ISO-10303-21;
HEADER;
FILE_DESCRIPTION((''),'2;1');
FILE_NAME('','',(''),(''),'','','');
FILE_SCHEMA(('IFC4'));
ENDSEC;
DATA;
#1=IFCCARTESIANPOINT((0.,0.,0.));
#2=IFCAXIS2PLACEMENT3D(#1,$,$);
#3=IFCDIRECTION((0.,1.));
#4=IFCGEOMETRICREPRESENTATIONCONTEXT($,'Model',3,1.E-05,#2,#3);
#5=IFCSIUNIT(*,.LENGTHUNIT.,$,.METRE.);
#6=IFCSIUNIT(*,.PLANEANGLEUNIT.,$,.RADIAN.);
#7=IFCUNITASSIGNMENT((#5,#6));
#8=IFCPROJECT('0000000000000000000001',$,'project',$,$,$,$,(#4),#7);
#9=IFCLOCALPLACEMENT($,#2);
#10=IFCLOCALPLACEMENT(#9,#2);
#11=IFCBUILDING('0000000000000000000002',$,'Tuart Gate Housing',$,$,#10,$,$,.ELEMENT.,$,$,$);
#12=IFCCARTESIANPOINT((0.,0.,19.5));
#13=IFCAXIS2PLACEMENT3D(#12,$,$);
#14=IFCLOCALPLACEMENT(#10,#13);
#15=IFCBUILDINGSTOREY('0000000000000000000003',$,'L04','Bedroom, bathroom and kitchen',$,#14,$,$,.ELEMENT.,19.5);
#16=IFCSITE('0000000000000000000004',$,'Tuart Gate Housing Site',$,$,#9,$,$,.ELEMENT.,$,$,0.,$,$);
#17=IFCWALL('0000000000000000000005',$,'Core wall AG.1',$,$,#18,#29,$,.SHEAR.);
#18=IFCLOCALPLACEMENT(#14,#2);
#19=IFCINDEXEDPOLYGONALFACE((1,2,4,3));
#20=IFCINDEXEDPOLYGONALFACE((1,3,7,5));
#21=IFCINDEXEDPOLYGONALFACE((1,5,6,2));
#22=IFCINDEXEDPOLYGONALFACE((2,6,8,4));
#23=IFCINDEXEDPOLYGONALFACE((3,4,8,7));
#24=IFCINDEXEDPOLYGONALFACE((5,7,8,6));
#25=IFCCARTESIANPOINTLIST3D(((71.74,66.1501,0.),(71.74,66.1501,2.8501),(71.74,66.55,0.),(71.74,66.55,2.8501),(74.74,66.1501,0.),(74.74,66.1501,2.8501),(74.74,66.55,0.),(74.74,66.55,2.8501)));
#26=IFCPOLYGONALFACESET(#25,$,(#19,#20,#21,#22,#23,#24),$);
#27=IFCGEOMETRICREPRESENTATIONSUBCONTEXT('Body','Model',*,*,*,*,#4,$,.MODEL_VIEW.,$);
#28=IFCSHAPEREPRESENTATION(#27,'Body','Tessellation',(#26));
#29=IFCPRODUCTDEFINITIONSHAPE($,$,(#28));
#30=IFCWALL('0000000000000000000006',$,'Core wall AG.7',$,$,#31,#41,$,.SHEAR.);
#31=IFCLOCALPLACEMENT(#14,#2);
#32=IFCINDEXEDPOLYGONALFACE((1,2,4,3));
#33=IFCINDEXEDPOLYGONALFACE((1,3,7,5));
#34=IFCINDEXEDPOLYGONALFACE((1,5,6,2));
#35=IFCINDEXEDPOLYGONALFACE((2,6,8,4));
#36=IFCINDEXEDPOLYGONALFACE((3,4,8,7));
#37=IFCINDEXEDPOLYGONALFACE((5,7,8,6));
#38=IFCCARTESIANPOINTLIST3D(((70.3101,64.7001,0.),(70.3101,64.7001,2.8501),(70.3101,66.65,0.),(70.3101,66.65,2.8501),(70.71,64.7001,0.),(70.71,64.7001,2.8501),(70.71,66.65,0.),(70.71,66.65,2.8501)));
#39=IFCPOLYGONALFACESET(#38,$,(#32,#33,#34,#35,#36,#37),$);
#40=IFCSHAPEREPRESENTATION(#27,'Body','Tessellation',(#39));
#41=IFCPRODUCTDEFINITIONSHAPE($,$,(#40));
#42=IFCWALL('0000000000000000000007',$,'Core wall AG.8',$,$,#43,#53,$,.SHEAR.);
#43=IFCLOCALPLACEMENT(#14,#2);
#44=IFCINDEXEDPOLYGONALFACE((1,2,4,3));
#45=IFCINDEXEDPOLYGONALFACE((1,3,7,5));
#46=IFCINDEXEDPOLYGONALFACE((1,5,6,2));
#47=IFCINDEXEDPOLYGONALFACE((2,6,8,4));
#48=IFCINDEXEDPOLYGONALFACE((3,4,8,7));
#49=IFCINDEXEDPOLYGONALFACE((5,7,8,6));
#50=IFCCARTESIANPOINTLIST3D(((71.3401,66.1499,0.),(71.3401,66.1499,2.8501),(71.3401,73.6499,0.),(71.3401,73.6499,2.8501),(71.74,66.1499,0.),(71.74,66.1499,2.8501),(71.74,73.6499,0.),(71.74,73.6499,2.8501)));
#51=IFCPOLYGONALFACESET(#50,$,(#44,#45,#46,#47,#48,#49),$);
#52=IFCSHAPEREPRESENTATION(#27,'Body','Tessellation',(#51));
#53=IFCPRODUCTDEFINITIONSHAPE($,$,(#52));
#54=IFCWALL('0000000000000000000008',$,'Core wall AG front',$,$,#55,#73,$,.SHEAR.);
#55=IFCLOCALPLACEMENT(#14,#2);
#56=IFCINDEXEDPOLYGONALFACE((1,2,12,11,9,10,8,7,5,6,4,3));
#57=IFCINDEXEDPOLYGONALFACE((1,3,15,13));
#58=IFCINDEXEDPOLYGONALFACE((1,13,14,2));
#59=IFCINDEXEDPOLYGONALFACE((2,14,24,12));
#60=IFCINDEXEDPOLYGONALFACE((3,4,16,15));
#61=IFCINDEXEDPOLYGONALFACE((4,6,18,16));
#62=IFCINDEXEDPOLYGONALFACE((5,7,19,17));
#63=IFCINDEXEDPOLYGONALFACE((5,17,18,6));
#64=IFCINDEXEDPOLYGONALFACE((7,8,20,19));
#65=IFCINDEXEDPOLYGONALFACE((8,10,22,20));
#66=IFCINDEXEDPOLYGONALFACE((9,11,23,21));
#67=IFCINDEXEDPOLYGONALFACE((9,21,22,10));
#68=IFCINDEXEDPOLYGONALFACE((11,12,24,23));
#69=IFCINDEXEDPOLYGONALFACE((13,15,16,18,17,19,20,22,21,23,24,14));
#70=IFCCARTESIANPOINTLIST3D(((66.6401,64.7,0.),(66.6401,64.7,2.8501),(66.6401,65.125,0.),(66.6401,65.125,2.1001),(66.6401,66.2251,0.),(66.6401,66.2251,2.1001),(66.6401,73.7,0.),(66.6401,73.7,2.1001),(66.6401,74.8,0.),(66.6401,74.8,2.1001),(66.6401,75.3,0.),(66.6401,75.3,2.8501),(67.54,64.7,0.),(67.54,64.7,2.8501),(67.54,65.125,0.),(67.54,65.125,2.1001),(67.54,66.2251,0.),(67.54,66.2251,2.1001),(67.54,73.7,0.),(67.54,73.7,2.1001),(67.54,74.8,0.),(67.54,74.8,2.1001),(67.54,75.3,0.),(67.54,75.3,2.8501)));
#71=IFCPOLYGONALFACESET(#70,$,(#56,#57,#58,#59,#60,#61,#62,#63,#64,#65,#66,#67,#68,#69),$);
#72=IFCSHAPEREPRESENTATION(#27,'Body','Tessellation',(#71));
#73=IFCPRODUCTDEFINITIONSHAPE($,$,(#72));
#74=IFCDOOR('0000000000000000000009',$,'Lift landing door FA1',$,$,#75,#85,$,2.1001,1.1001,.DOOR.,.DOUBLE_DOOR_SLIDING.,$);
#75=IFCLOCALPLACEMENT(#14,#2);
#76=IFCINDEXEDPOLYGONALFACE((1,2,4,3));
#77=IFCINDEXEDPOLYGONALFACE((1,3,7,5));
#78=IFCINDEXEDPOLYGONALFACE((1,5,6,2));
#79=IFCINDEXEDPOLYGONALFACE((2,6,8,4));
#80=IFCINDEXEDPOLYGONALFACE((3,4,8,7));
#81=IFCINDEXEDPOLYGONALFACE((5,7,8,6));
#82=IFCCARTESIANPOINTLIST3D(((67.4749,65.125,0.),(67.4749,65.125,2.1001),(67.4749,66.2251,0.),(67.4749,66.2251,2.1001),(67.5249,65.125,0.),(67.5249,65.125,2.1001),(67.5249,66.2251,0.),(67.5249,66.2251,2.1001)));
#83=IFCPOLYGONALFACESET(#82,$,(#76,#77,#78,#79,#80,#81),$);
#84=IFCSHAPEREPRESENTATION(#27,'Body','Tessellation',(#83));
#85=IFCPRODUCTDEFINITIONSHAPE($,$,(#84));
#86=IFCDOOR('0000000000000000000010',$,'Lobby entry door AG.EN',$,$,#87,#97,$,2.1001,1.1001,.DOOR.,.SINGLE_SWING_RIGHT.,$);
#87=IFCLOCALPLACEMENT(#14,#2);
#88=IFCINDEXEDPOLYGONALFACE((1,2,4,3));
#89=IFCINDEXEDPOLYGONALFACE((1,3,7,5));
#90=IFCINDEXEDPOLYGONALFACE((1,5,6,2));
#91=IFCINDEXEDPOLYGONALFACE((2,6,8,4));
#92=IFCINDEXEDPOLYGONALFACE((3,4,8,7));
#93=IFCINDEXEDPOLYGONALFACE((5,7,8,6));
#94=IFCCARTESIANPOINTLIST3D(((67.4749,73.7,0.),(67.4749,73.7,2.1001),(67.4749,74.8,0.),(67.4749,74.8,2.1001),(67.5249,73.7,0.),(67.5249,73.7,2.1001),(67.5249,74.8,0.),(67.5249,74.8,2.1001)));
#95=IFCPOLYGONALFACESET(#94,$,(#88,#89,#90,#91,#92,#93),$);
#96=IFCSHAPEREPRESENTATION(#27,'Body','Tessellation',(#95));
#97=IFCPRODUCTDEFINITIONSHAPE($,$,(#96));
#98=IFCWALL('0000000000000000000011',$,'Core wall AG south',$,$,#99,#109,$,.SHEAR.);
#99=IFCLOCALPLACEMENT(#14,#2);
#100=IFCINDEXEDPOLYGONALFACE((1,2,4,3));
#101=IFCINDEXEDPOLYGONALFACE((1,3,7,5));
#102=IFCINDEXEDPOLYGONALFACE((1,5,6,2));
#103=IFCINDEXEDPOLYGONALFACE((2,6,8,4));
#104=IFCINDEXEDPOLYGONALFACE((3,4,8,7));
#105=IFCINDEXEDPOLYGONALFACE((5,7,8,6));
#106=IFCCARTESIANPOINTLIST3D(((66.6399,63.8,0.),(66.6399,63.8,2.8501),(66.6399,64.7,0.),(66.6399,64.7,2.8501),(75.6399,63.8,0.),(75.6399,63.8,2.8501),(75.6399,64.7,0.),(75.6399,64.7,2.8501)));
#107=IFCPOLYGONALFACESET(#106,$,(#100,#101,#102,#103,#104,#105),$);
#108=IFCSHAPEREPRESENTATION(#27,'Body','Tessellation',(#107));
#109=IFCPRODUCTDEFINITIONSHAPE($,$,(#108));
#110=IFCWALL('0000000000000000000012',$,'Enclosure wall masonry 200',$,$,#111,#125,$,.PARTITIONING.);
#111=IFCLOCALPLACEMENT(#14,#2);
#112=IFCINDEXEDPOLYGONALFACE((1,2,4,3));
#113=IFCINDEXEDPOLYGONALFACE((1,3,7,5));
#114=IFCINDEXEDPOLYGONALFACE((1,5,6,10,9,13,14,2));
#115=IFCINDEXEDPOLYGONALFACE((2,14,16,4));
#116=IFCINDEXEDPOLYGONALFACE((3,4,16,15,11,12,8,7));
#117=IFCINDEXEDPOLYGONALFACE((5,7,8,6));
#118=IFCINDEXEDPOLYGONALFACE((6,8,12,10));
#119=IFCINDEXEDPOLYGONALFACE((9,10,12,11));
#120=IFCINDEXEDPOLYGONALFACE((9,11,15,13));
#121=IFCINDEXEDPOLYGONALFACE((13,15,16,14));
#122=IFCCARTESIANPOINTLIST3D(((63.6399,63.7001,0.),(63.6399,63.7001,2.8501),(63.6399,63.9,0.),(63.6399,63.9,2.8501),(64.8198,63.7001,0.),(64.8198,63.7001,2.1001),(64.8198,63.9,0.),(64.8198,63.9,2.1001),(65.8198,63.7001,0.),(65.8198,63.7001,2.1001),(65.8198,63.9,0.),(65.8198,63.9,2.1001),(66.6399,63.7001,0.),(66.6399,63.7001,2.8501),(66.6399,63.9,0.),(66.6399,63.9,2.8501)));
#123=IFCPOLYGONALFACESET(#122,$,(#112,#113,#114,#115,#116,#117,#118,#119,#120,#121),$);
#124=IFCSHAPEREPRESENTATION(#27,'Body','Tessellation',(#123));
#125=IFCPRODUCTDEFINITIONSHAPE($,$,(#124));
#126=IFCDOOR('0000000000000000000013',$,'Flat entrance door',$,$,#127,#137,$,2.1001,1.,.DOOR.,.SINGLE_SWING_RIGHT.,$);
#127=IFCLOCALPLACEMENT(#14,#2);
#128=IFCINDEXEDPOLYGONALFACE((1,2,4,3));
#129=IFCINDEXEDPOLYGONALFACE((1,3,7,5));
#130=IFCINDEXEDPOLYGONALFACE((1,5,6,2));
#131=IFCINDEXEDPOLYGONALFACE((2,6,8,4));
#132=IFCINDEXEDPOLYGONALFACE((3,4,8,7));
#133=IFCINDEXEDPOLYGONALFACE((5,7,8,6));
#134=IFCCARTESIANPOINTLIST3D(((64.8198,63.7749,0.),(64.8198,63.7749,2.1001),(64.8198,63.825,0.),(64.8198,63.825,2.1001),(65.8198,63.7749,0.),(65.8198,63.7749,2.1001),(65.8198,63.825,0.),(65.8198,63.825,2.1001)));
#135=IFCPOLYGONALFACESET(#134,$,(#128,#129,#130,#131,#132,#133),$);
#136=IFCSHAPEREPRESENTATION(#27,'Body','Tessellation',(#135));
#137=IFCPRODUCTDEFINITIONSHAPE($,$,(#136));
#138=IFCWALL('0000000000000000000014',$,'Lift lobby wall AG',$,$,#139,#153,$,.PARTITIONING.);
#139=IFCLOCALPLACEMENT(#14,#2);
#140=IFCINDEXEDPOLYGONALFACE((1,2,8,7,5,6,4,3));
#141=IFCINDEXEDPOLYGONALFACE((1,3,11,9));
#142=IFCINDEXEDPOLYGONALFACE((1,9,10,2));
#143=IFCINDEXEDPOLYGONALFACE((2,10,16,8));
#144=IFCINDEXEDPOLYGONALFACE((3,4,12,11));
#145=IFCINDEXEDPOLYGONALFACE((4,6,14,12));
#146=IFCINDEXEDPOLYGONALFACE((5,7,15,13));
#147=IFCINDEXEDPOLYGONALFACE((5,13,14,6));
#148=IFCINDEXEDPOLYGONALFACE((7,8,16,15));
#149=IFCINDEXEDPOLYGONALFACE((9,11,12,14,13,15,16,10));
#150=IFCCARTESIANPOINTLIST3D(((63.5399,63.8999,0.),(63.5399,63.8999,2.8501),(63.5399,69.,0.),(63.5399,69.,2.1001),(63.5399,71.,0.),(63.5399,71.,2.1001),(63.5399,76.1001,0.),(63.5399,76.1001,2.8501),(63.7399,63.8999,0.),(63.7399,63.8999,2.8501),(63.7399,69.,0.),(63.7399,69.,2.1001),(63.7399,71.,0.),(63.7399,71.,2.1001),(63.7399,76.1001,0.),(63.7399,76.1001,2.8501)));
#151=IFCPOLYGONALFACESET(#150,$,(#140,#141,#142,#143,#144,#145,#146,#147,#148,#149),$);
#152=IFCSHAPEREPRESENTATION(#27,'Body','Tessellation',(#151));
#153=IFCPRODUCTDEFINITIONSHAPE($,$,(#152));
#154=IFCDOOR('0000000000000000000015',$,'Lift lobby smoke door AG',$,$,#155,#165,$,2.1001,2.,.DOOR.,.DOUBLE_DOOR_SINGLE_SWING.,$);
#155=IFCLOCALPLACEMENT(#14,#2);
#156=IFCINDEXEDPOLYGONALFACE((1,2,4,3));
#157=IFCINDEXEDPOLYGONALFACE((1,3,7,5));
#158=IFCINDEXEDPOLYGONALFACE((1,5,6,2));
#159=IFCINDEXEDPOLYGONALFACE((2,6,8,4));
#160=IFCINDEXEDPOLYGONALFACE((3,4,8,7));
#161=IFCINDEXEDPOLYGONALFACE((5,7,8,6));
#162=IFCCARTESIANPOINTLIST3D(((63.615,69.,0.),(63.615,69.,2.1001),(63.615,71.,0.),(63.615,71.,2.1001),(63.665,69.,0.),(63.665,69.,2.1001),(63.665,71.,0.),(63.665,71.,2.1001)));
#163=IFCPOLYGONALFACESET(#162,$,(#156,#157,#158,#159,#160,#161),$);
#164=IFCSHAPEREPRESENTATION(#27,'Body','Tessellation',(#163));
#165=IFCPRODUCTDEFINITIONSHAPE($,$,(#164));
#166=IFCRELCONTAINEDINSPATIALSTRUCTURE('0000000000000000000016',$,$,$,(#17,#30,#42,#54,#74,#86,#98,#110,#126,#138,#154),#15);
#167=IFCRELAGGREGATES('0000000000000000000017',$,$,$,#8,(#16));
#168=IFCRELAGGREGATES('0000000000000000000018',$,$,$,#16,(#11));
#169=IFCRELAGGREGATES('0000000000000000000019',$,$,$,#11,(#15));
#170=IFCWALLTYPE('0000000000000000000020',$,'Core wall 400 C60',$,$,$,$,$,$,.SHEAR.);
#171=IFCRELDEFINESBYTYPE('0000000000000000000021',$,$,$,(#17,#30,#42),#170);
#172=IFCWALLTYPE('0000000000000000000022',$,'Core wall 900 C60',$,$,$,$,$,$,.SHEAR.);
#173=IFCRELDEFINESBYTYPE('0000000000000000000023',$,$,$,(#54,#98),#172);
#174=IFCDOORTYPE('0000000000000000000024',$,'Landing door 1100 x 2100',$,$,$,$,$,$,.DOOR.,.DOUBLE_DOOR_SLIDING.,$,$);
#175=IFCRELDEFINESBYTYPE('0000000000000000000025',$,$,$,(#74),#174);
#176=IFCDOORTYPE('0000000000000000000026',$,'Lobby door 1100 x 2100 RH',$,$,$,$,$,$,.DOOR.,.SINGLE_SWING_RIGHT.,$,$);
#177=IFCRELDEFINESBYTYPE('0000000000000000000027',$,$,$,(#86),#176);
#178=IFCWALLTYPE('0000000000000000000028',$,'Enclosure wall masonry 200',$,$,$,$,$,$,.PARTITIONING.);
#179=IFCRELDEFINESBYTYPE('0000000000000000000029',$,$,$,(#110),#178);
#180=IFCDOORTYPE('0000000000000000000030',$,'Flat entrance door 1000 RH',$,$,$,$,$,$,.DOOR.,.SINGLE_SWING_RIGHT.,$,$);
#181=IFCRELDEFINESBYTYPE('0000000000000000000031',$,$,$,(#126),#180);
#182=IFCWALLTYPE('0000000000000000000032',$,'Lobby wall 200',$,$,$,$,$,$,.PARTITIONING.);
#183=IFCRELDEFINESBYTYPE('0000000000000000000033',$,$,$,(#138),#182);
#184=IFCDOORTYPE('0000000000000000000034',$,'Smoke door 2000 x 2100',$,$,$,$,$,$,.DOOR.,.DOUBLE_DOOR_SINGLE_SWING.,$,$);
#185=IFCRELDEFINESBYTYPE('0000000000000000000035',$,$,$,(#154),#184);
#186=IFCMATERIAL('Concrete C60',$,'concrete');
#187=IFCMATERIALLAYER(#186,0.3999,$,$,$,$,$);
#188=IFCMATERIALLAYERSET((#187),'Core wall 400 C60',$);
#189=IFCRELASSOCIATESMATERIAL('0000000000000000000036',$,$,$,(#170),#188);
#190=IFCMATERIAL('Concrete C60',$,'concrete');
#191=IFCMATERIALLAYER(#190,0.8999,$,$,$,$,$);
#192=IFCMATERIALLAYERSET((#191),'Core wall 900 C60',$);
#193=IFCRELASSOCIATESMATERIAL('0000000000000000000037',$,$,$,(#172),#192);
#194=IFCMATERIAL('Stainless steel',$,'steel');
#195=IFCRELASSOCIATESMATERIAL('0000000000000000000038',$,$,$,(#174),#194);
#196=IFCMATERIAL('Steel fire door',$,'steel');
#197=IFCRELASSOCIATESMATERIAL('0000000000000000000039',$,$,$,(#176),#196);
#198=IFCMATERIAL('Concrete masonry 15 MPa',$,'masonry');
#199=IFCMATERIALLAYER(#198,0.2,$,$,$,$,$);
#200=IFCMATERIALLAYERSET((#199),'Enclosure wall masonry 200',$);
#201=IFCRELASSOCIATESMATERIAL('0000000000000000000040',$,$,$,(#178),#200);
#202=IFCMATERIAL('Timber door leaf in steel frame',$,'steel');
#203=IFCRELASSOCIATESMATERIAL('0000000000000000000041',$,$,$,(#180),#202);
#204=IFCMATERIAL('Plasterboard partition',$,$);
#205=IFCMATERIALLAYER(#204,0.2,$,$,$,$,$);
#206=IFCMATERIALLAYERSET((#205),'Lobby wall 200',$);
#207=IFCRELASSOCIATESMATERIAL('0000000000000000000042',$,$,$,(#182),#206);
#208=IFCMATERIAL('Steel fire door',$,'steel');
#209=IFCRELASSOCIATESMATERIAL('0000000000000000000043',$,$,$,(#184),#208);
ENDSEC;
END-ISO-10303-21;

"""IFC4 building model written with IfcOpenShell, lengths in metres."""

from ifc_helpers import new_model, si_unit, direction, frame, frame_2d, origin, place, context, subcontext, project, spatial, rectangle, extrude, material, layer, layer_set, type_object, element, fill, save


model = new_model("IFC4")

# Units and contexts
model_context = context("Model", 3, precision=1e-05, world=origin(), true_north=direction((0.0, 1.0)))
body_context = subcontext(model_context, "Body", "Model", "MODEL_VIEW")
ifc_project = project(units=[si_unit("LENGTHUNIT", "METRE"), si_unit("PLANEANGLEUNIT", "RADIAN")], contexts=[model_context])

# Site, building, storey
site_placement = place(None, origin())
site = spatial("IfcSite", under=ifc_project, at=site_placement, Name="Tuart Gate Housing Site", CompositionType="ELEMENT", RefElevation=0.0)
building_placement = place(site_placement, origin())
building = spatial("IfcBuilding", under=site, at=building_placement, Name="Tuart Gate Housing", CompositionType="ELEMENT")
storey_placement = place(building_placement, frame((0.0, 0.0, 19.5)))
storey = spatial("IfcBuildingStorey", under=building, at=storey_placement, Name="L04", Description="Bedroom, bathroom and kitchen", CompositionType="ELEMENT", Elevation=19.5)

# Walls
ifc_material_1 = material(Name="Concrete C60", Category="concrete")
ifc_layer_1 = layer(ifc_material_1, 0.3999)
ifc_layer_set_1 = layer_set([ifc_layer_1], Name="Core wall 400 C60")
wall_type_1 = type_object("IfcWallType", Name="Core wall 400 C60", PredefinedType="SHEAR", material=ifc_layer_set_1)
wall_1_placement = place(storey_placement, frame((71.74, 66.3501, 0.0), z_axis=(0.0, 0.0, 1.0), x_axis=(1.0, 0.0, 0.0)))
element("IfcWall", 1, at=wall_1_placement, inside=storey, type_object=wall_type_1, Name="Core wall AG.1", PredefinedType="SHEAR", context=body_context, shape_type="SweptSolid", body=[
    extrude(rectangle(XDim=3.0, YDim=0.3999, at=frame_2d((1.5, 0.0))), origin(), (0.0, 0.0, 1.0), 2.8501),
])
wall_2_placement = place(storey_placement, frame((70.51, 64.7, 0.0), z_axis=(0.0, 0.0, 1.0), x_axis=(0.0, 1.0, 0.0)))
element("IfcWall", 2, at=wall_2_placement, inside=storey, type_object=wall_type_1, Name="Core wall AG.7", PredefinedType="SHEAR", context=body_context, shape_type="SweptSolid", body=[
    extrude(rectangle(XDim=1.95, YDim=0.3999, at=frame_2d((0.9751, 0.0))), origin(), (0.0, 0.0, 1.0), 2.8501),
])
wall_3_placement = place(storey_placement, frame((71.54, 66.1499, 0.0), z_axis=(0.0, 0.0, 1.0), x_axis=(0.0, 1.0, 0.0)))
element("IfcWall", 3, at=wall_3_placement, inside=storey, type_object=wall_type_1, Name="Core wall AG.8", PredefinedType="SHEAR", context=body_context, shape_type="SweptSolid", body=[
    extrude(rectangle(XDim=7.5, YDim=0.3999, at=frame_2d((3.75, 0.0))), origin(), (0.0, 0.0, 1.0), 2.8501),
])

# Wall, openings, doors
ifc_material_2 = material(Name="Concrete C60", Category="concrete")
ifc_layer_2 = layer(ifc_material_2, 0.8999)
ifc_layer_set_2 = layer_set([ifc_layer_2], Name="Core wall 900 C60")
wall_type_2 = type_object("IfcWallType", Name="Core wall 900 C60", PredefinedType="SHEAR", material=ifc_layer_set_2)
wall_4_placement = place(storey_placement, frame((67.0901, 64.7, 0.0), z_axis=(0.0, 0.0, 1.0), x_axis=(0.0, 1.0, 0.0)))
wall_4 = element("IfcWall", 4, at=wall_4_placement, inside=storey, type_object=wall_type_2, Name="Core wall AG front", PredefinedType="SHEAR", context=body_context, shape_type="SweptSolid", body=[
    extrude(rectangle(XDim=10.6001, YDim=0.8999, at=frame_2d((5.3, 0.0))), origin(), (0.0, 0.0, 1.0), 2.8501),
])
opening_1_placement = place(wall_4_placement, frame((0.425, 0.0, 0.0)))
opening_1 = element("IfcOpeningElement", 5, at=opening_1_placement, cuts=wall_4, PredefinedType="OPENING", context=body_context, shape_type="SweptSolid", body=[
    extrude(rectangle(XDim=1.1001, YDim=2.1001, at=frame_2d((0.55, 1.05))), frame((0.0, 0.46, 0.0), z_axis=(0.0, -1.0, 0.0), x_axis=(1.0, 0.0, 0.0)), (0.0, 0.0, 1.0), 0.9199),
])
opening_2_placement = place(wall_4_placement, frame((9.0, 0.0, 0.0)))
opening_2 = element("IfcOpeningElement", 6, at=opening_2_placement, cuts=wall_4, PredefinedType="OPENING", context=body_context, shape_type="SweptSolid", body=[
    extrude(rectangle(XDim=1.1001, YDim=2.1001, at=frame_2d((0.55, 1.05))), frame((0.0, 0.46, 0.0), z_axis=(0.0, -1.0, 0.0), x_axis=(1.0, 0.0, 0.0)), (0.0, 0.0, 1.0), 0.9199),
])
ifc_material_3 = material(Name="Stainless steel", Category="steel")
door_type_1 = type_object("IfcDoorType", Name="Landing door 1100 x 2100", OperationType="DOUBLE_DOOR_SLIDING", PredefinedType="DOOR", material=ifc_material_3)
door_1_placement = place(opening_1_placement, origin())
door_1 = element("IfcDoor", 7, at=door_1_placement, inside=storey, type_object=door_type_1, Name="Lift landing door FA1", OperationType="DOUBLE_DOOR_SLIDING", OverallHeight=2.1001, OverallWidth=1.1001, PredefinedType="DOOR", context=body_context, shape_type="SweptSolid", body=[
    extrude(rectangle(XDim=1.1001, YDim=2.1001, at=frame_2d((0.55, 1.05))), frame((0.0, -0.3848, 0.0), z_axis=(0.0, -1.0, 0.0), x_axis=(1.0, 0.0, 0.0)), (0.0, 0.0, 1.0), 0.05),
])
fill(opening_1, door_1)
ifc_material_4 = material(Name="Steel fire door", Category="steel")
door_type_2 = type_object("IfcDoorType", Name="Lobby door 1100 x 2100 RH", OperationType="SINGLE_SWING_RIGHT", PredefinedType="DOOR", material=ifc_material_4)
door_2_placement = place(opening_2_placement, frame((1.1001, 0.0, 0.0), z_axis=(0.0, 0.0, 1.0), x_axis=(-1.0, 0.0, 0.0)))
door_2 = element("IfcDoor", 8, at=door_2_placement, inside=storey, type_object=door_type_2, Name="Lobby entry door AG.EN", OperationType="SINGLE_SWING_RIGHT", OverallHeight=2.1001, OverallWidth=1.1001, PredefinedType="DOOR", context=body_context, shape_type="SweptSolid", body=[
    extrude(rectangle(XDim=1.1001, YDim=2.1001, at=frame_2d((0.55, 1.05))), frame((0.0, 0.4348, 0.0), z_axis=(0.0, -1.0, 0.0), x_axis=(1.0, 0.0, 0.0)), (0.0, 0.0, 1.0), 0.05),
])
fill(opening_2, door_2)

# Wall
wall_5_placement = place(storey_placement, frame((66.6399, 64.25, 0.0), z_axis=(0.0, 0.0, 1.0), x_axis=(1.0, 0.0, 0.0)))
element("IfcWall", 9, at=wall_5_placement, inside=storey, type_object=wall_type_2, Name="Core wall AG south", PredefinedType="SHEAR", context=body_context, shape_type="SweptSolid", body=[
    extrude(rectangle(XDim=9.0, YDim=0.8999, at=frame_2d((4.5, 0.0))), origin(), (0.0, 0.0, 1.0), 2.8501),
])

# Walls, openings, doors
ifc_material_5 = material(Name="Concrete masonry 15 MPa", Category="masonry")
ifc_layer_3 = layer(ifc_material_5, 0.2)
ifc_layer_set_3 = layer_set([ifc_layer_3], Name="Enclosure wall masonry 200")
wall_type_3 = type_object("IfcWallType", Name="Enclosure wall masonry 200", PredefinedType="PARTITIONING", material=ifc_layer_set_3)
wall_6_placement = place(storey_placement, frame((63.6399, 63.8, 0.0), z_axis=(0.0, 0.0, 1.0), x_axis=(1.0, 0.0, 0.0)))
wall_6 = element("IfcWall", 10, at=wall_6_placement, inside=storey, type_object=wall_type_3, Name="Enclosure wall masonry 200", PredefinedType="PARTITIONING", context=body_context, shape_type="SweptSolid", body=[
    extrude(rectangle(XDim=3.0, YDim=0.2, at=frame_2d((1.5, 0.0))), origin(), (0.0, 0.0, 1.0), 2.8501),
])
opening_3_placement = place(wall_6_placement, frame((1.1799, 0.0, 0.0)))
opening_3 = element("IfcOpeningElement", 11, at=opening_3_placement, cuts=wall_6, PredefinedType="OPENING", context=body_context, shape_type="SweptSolid", body=[
    extrude(rectangle(XDim=1.0, YDim=2.1001, at=frame_2d((0.5, 1.05))), frame((0.0, 0.1099, 0.0), z_axis=(0.0, -1.0, 0.0), x_axis=(1.0, 0.0, 0.0)), (0.0, 0.0, 1.0), 0.22),
])
ifc_material_6 = material(Name="Timber door leaf in steel frame", Category="steel")
door_type_3 = type_object("IfcDoorType", Name="Flat entrance door 1000 RH", OperationType="SINGLE_SWING_RIGHT", PredefinedType="DOOR", material=ifc_material_6)
door_3_placement = place(opening_3_placement, frame((1.0, 0.0, 0.0), z_axis=(0.0, 0.0, 1.0), x_axis=(-1.0, 0.0, 0.0)))
door_3 = element("IfcDoor", 12, at=door_3_placement, inside=storey, type_object=door_type_3, Name="Flat entrance door", OperationType="SINGLE_SWING_RIGHT", OverallHeight=2.1001, OverallWidth=1.0, PredefinedType="DOOR", context=body_context, shape_type="SweptSolid", body=[
    extrude(rectangle(XDim=1.0, YDim=2.1001, at=frame_2d((0.5, 1.05))), frame((0.0, 0.0251, 0.0), z_axis=(0.0, -1.0, 0.0), x_axis=(1.0, 0.0, 0.0)), (0.0, 0.0, 1.0), 0.05),
])
fill(opening_3, door_3)
ifc_material_7 = material(Name="Plasterboard partition")
ifc_layer_4 = layer(ifc_material_7, 0.2)
ifc_layer_set_4 = layer_set([ifc_layer_4], Name="Lobby wall 200")
wall_type_4 = type_object("IfcWallType", Name="Lobby wall 200", PredefinedType="PARTITIONING", material=ifc_layer_set_4)
wall_7_placement = place(storey_placement, frame((63.6399, 63.8999, 0.0), z_axis=(0.0, 0.0, 1.0), x_axis=(0.0, 1.0, 0.0)))
wall_7 = element("IfcWall", 13, at=wall_7_placement, inside=storey, type_object=wall_type_4, Name="Lift lobby wall AG", PredefinedType="PARTITIONING", context=body_context, shape_type="SweptSolid", body=[
    extrude(rectangle(XDim=12.2002, YDim=0.2, at=frame_2d((6.1001, 0.0))), origin(), (0.0, 0.0, 1.0), 2.8501),
])
opening_4_placement = place(wall_7_placement, frame((5.1001, 0.0, 0.0)))
opening_4 = element("IfcOpeningElement", 14, at=opening_4_placement, cuts=wall_7, PredefinedType="OPENING", context=body_context, shape_type="SweptSolid", body=[
    extrude(rectangle(XDim=2.0, YDim=2.1001, at=frame_2d((1.0, 1.05))), frame((0.0, 0.1099, 0.0), z_axis=(0.0, -1.0, 0.0), x_axis=(1.0, 0.0, 0.0)), (0.0, 0.0, 1.0), 0.22),
])
ifc_material_8 = material(Name="Steel fire door", Category="steel")
door_type_4 = type_object("IfcDoorType", Name="Smoke door 2000 x 2100", OperationType="DOUBLE_DOOR_SINGLE_SWING", PredefinedType="DOOR", material=ifc_material_8)
door_4_placement = place(opening_4_placement, frame((2.0, 0.0, 0.0), z_axis=(0.0, 0.0, 1.0), x_axis=(-1.0, 0.0, 0.0)))
door_4 = element("IfcDoor", 15, at=door_4_placement, inside=storey, type_object=door_type_4, Name="Lift lobby smoke door AG", OperationType="DOUBLE_DOOR_SINGLE_SWING", OverallHeight=2.1001, OverallWidth=2.0, PredefinedType="DOOR", context=body_context, shape_type="SweptSolid", body=[
    extrude(rectangle(XDim=2.0, YDim=2.1001, at=frame_2d((1.0, 1.05))), frame((0.0, 0.0251, 0.0), z_axis=(0.0, -1.0, 0.0), x_axis=(1.0, 0.0, 0.0)), (0.0, 0.0, 1.0), 0.05),
])
fill(opening_4, door_4)

save(model, "model.ifc")
